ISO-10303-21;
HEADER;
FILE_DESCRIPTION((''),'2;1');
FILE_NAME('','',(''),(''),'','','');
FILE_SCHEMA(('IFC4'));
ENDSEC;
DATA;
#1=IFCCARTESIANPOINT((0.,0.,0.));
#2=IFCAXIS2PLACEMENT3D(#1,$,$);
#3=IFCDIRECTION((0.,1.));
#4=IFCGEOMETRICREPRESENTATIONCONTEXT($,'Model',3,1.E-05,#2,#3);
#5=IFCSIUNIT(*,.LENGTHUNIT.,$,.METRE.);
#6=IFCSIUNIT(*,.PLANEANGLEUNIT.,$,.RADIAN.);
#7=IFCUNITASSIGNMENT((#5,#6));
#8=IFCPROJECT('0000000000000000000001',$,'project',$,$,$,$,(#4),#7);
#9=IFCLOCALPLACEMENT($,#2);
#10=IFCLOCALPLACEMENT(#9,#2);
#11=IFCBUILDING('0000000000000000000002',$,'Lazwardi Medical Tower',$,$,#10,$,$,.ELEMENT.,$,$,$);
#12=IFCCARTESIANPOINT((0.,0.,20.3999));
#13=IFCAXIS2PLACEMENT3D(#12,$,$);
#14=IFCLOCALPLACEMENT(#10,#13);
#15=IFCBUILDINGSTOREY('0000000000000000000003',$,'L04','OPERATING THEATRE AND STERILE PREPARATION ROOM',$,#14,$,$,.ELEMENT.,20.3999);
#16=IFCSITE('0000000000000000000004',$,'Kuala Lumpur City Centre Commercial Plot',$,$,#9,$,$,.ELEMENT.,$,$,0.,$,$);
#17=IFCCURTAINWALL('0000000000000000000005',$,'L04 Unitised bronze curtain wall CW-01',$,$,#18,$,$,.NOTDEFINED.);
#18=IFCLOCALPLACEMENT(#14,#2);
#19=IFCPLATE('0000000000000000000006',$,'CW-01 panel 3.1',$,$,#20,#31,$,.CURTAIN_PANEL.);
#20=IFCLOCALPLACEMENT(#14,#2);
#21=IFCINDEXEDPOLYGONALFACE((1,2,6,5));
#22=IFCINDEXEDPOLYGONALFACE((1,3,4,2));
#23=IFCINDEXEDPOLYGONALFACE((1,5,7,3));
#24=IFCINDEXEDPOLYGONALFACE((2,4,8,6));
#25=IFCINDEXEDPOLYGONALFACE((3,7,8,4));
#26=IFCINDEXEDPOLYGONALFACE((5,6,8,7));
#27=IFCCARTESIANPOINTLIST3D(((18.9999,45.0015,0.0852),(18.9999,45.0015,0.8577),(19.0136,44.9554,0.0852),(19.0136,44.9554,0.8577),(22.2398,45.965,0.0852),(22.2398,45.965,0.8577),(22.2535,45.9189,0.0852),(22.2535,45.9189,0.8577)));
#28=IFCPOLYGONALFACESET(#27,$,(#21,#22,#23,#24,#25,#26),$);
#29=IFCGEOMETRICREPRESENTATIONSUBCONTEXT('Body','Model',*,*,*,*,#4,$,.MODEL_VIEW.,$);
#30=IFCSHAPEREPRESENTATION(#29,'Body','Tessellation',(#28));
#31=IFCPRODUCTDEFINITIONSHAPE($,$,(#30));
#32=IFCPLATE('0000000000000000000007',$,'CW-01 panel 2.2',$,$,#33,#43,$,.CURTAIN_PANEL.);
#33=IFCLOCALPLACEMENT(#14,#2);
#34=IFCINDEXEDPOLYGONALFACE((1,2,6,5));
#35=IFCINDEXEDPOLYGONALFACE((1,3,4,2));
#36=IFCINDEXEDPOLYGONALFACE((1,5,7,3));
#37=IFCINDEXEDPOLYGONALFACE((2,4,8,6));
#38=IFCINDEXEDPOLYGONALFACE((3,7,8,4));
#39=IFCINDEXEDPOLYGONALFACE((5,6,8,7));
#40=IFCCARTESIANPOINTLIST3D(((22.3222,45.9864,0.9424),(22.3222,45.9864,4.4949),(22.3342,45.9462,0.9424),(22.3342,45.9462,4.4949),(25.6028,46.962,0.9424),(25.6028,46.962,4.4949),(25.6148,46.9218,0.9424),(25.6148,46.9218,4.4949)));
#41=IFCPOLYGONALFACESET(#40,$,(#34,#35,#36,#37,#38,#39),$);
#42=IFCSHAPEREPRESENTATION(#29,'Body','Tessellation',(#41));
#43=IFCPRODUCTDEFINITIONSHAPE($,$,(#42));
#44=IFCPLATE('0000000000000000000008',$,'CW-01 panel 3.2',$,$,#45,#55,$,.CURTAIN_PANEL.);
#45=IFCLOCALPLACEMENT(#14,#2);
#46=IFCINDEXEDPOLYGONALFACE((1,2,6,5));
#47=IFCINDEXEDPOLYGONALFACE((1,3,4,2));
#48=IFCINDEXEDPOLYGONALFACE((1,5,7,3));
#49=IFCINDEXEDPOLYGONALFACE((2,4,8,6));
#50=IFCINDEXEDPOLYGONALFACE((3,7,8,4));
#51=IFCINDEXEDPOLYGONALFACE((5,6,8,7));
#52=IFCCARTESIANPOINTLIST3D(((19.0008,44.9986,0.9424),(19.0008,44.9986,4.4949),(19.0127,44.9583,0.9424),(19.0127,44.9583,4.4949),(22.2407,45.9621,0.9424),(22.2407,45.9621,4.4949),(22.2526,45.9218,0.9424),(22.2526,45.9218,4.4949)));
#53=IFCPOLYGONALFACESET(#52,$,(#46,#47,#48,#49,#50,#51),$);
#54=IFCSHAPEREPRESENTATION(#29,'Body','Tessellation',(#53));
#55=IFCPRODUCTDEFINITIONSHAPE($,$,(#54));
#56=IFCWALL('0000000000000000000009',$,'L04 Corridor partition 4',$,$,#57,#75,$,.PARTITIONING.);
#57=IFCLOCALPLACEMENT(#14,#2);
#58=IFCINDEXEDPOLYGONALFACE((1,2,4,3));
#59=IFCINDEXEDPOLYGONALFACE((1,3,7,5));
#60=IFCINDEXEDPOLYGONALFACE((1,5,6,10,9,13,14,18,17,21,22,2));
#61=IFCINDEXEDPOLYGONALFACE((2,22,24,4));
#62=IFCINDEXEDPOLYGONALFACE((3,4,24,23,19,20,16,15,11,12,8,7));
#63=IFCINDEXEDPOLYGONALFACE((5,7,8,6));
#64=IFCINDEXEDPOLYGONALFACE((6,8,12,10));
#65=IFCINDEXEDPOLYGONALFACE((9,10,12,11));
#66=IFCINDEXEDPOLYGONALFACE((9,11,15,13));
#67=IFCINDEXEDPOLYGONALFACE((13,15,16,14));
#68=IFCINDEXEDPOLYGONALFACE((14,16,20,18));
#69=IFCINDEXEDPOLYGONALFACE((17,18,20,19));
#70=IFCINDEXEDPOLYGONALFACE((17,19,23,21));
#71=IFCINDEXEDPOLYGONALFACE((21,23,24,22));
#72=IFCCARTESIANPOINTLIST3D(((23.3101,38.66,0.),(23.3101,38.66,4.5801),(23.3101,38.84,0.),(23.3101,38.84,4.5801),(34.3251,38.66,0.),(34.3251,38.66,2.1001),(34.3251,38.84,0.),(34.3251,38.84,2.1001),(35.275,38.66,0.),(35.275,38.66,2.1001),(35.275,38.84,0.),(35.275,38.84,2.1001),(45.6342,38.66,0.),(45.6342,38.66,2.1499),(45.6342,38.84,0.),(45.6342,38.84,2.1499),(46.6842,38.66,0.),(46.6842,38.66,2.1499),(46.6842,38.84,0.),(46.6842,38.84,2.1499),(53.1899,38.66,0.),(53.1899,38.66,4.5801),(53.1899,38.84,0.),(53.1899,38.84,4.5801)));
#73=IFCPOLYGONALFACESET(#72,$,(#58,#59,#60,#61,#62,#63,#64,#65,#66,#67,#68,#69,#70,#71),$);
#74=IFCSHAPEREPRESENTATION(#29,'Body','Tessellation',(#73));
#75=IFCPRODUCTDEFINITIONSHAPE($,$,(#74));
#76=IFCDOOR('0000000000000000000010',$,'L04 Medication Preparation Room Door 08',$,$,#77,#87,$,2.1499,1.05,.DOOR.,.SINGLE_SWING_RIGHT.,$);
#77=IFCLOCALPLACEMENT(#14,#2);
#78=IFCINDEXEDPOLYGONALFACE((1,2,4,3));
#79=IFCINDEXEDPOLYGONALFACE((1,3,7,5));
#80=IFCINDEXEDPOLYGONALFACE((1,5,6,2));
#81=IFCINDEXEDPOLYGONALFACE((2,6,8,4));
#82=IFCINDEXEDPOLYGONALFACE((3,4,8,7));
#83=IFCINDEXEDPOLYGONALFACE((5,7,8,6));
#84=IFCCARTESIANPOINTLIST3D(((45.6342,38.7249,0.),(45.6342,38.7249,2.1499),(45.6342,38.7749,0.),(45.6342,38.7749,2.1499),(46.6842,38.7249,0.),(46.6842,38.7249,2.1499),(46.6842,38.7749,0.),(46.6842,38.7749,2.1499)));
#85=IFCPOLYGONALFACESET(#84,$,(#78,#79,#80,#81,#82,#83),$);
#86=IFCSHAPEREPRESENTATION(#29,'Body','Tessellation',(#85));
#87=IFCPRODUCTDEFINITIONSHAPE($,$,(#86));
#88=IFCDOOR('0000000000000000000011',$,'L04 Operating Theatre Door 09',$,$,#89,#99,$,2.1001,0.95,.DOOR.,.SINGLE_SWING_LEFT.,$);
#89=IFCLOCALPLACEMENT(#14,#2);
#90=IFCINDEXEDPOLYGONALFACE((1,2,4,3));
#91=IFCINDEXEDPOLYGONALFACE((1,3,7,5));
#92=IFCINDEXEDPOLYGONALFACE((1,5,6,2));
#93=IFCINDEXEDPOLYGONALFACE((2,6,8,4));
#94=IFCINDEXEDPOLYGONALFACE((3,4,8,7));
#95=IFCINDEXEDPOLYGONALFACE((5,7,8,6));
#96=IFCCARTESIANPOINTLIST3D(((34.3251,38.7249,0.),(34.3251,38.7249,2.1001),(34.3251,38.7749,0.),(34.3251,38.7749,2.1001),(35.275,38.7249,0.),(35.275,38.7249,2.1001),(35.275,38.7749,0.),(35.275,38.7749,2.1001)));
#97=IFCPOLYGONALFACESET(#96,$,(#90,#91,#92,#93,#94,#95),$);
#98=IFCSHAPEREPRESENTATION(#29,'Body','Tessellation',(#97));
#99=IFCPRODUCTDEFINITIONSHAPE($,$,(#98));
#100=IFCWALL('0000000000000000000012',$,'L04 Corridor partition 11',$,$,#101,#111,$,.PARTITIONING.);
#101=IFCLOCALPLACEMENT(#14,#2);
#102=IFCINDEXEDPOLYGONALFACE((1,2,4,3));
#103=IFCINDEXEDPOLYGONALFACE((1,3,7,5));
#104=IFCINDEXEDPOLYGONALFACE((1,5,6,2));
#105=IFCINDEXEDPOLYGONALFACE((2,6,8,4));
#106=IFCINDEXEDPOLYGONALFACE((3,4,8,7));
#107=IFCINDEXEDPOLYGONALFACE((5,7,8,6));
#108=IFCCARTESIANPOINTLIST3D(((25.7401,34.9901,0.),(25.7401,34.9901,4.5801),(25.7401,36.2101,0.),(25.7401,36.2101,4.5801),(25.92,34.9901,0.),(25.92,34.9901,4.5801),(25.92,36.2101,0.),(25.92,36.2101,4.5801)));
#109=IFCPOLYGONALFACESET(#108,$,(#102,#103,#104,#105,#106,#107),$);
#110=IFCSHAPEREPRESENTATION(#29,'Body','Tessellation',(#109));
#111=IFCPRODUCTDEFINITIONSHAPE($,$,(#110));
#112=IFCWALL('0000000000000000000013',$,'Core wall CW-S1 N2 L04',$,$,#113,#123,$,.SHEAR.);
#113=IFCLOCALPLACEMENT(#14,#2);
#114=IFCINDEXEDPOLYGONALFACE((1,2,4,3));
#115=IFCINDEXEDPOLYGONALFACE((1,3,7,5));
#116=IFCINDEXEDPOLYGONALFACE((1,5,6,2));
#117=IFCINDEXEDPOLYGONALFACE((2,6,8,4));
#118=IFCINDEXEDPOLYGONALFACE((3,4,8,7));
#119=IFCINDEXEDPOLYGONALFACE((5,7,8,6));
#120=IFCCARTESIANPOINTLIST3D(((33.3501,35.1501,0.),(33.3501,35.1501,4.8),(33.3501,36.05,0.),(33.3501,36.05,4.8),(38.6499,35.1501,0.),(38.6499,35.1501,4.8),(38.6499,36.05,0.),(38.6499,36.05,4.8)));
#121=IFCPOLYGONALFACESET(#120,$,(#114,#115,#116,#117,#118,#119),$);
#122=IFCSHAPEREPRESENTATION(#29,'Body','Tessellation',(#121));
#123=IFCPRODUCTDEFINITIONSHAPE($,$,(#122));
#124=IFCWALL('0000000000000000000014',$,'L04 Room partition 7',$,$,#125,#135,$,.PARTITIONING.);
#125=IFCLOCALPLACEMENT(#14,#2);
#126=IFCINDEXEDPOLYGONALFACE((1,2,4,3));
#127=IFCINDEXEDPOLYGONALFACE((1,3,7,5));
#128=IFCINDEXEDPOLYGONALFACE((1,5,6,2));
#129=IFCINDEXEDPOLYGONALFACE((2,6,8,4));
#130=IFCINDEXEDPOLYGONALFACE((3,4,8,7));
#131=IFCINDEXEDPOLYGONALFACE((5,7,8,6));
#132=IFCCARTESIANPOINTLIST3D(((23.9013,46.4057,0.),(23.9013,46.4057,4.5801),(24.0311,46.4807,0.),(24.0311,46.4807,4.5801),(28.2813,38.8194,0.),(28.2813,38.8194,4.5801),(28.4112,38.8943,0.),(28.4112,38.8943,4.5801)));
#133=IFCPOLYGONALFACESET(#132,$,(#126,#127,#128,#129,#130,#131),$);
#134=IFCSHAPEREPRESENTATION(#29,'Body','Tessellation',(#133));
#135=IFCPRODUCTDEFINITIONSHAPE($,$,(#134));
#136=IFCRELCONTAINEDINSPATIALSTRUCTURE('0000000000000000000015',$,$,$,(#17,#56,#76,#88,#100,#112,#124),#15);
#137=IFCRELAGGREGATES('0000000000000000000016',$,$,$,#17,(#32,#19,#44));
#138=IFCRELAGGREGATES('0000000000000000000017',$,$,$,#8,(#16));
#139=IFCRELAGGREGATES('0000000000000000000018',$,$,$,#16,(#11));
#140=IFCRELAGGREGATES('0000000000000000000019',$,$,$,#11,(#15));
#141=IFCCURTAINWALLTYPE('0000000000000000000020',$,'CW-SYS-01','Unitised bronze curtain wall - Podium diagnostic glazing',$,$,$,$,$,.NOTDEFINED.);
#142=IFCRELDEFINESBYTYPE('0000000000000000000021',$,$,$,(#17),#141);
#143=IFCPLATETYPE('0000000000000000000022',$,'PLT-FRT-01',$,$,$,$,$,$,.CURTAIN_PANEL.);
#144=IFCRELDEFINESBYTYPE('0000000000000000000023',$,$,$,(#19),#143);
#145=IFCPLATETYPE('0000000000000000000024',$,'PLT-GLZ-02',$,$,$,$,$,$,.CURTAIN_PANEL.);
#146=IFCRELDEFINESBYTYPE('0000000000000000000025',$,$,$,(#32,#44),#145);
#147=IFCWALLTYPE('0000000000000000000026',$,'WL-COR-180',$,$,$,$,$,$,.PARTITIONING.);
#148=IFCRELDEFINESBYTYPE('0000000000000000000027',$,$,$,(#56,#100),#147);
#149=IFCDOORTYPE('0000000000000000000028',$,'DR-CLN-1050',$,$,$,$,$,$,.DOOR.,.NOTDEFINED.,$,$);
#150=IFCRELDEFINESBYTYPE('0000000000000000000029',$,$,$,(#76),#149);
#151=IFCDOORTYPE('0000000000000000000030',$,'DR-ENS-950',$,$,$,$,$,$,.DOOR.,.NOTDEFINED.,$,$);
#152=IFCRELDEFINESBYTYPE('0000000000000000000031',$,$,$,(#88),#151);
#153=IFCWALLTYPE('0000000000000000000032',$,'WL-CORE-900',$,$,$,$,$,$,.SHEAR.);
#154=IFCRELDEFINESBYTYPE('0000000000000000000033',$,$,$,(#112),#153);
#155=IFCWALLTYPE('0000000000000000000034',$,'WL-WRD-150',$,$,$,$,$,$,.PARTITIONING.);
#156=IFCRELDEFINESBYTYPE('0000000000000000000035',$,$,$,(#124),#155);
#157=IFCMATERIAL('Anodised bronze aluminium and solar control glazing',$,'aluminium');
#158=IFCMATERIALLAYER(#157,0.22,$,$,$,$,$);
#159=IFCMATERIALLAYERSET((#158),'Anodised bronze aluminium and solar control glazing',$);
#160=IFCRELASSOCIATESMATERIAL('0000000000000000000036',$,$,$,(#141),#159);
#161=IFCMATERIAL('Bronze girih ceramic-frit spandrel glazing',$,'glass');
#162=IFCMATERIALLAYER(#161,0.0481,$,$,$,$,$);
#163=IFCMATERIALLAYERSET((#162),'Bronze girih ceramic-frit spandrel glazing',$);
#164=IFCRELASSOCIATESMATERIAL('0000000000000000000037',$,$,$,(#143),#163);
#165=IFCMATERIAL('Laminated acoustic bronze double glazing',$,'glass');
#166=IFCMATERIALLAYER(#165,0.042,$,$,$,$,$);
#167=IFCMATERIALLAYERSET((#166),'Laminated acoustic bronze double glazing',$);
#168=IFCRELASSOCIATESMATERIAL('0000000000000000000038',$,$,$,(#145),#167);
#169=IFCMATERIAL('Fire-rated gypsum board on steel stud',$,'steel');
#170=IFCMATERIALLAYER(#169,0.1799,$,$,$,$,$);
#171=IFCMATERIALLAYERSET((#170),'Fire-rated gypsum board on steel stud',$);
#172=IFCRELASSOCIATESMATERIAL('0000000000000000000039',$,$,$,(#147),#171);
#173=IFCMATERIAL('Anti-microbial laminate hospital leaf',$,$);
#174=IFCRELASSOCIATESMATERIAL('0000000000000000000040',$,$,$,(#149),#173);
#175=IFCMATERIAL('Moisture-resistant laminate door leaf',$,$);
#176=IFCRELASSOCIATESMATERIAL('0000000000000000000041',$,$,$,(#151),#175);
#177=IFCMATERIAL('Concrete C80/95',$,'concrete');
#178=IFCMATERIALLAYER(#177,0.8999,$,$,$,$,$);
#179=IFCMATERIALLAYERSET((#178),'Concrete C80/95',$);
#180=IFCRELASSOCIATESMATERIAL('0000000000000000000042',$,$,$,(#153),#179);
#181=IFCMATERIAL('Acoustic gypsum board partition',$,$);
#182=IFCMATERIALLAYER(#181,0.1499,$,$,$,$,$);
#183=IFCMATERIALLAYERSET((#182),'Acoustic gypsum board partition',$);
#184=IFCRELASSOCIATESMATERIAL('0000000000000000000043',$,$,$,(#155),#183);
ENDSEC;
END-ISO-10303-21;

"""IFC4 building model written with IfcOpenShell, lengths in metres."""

from ifc_helpers import new_model, si_unit, direction, frame, frame_2d, origin, origin_2d, place, context, subcontext, project, spatial, rectangle, extrude, material, layer, layer_set, type_object, element, fill, aggregate, save


model = new_model("IFC4")

# Units and contexts
model_context = context("Model", 3, precision=1e-05, world=origin(), true_north=direction((0.0, 1.0)))
body_context = subcontext(model_context, "Body", "Model", "MODEL_VIEW")
ifc_project = project(units=[si_unit("LENGTHUNIT", "METRE"), si_unit("PLANEANGLEUNIT", "RADIAN")], contexts=[model_context])

# Site, building, storey
site_placement = place(None, origin())
site = spatial("IfcSite", under=ifc_project, at=site_placement, Name="Kuala Lumpur City Centre Commercial Plot", CompositionType="ELEMENT", RefElevation=0.0)
building_placement = place(site_placement, origin())
building = spatial("IfcBuilding", under=site, at=building_placement, Name="Lazwardi Medical Tower", CompositionType="ELEMENT")
storey_placement = place(building_placement, frame((0.0, 0.0, 20.3999)))
storey = spatial("IfcBuildingStorey", under=building, at=storey_placement, Name="L04", Description="OPERATING THEATRE AND STERILE PREPARATION ROOM", CompositionType="ELEMENT", Elevation=20.3999)

# Shared definitions
ifc_material_1 = material(Name="Concrete C80/95", Category="concrete")

# Curtain wall, plates
ifc_material_2 = material(Name="Anodised bronze aluminium and solar control glazing", Category="aluminium")
ifc_layer_1 = layer(ifc_material_2, 0.22)
ifc_layer_set_1 = layer_set([ifc_layer_1], Name="Anodised bronze aluminium and solar control glazing")
curtain_wall_type = type_object("IfcCurtainWallType", Name="CW-SYS-01", Description="Unitised bronze curtain wall - Podium diagnostic glazing", PredefinedType="NOTDEFINED", material=ifc_layer_set_1)
curtain_wall_placement = place(storey_placement, origin())
curtain_wall = element("IfcCurtainWall", 1, at=curtain_wall_placement, inside=storey, type_object=curtain_wall_type, Name="L04 Unitised bronze curtain wall CW-01", PredefinedType="NOTDEFINED")
ifc_material_3 = material(Name="Bronze girih ceramic-frit spandrel glazing", Category="glass")
ifc_layer_2 = layer(ifc_material_3, 0.0481)
ifc_layer_set_2 = layer_set([ifc_layer_2], Name="Bronze girih ceramic-frit spandrel glazing")
plate_type_1 = type_object("IfcPlateType", Name="PLT-FRT-01", PredefinedType="CURTAIN_PANEL", material=ifc_layer_set_2)
plate_1_placement = place(storey_placement, frame((20.6267, 45.4602, 0.0852), z_axis=(0.0, 0.0, 1.0), x_axis=(-0.958513, -0.285047, 0.0)))
plate_1 = element("IfcPlate", 2, at=plate_1_placement, type_object=plate_type_1, Name="CW-01 panel 3.1", PredefinedType="CURTAIN_PANEL", context=body_context, shape_type="SweptSolid", body=[
    extrude(rectangle(XDim=3.3801, YDim=0.0481, at=origin_2d()), origin(), (0.0, 0.0, 1.0), 0.7725),
])
ifc_material_4 = material(Name="Laminated acoustic bronze double glazing", Category="glass")
ifc_layer_3 = layer(ifc_material_4, 0.042)
ifc_layer_set_3 = layer_set([ifc_layer_3], Name="Laminated acoustic bronze double glazing")
plate_type_2 = type_object("IfcPlateType", Name="PLT-GLZ-02", PredefinedType="CURTAIN_PANEL", material=ifc_layer_set_3)
plate_2_placement = place(storey_placement, frame((23.9685, 46.4541, 0.9424), z_axis=(0.0, 0.0, 1.0), x_axis=(-0.958513, -0.285047, 0.0)))
plate_2 = element("IfcPlate", 3, at=plate_2_placement, type_object=plate_type_2, Name="CW-01 panel 2.2", PredefinedType="CURTAIN_PANEL", context=body_context, shape_type="SweptSolid", body=[
    extrude(rectangle(XDim=3.4226, YDim=0.042, at=origin_2d()), origin(), (0.0, 0.0, 1.0), 3.5525),
])
plate_3_placement = place(storey_placement, frame((20.6267, 45.4602, 0.9424), z_axis=(0.0, 0.0, 1.0), x_axis=(-0.958513, -0.285047, 0.0)))
plate_3 = element("IfcPlate", 4, at=plate_3_placement, type_object=plate_type_2, Name="CW-01 panel 3.2", PredefinedType="CURTAIN_PANEL", context=body_context, shape_type="SweptSolid", body=[
    extrude(rectangle(XDim=3.3801, YDim=0.042, at=origin_2d()), origin(), (0.0, 0.0, 1.0), 3.5525),
])
aggregate(curtain_wall, [plate_2, plate_1, plate_3])

# Wall, openings, doors
ifc_material_5 = material(Name="Fire-rated gypsum board on steel stud", Category="steel")
ifc_layer_4 = layer(ifc_material_5, 0.1799)
ifc_layer_set_4 = layer_set([ifc_layer_4], Name="Fire-rated gypsum board on steel stud")
wall_type_1 = type_object("IfcWallType", Name="WL-COR-180", PredefinedType="PARTITIONING", material=ifc_layer_set_4)
wall_1_placement = place(storey_placement, frame((23.3101, 38.75, 0.0), z_axis=(0.0, 0.0, 1.0), x_axis=(1.0, 0.0, 0.0)))
wall_1 = element("IfcWall", 5, at=wall_1_placement, inside=storey, type_object=wall_type_1, Name="L04 Corridor partition 4", PredefinedType="PARTITIONING", context=body_context, shape_type="SweptSolid", body=[
    extrude(rectangle(XDim=29.8799, YDim=0.1799, at=frame_2d((14.9399, 0.0))), origin(), (0.0, 0.0, 1.0), 4.5801),
])
opening_1_placement = place(wall_1_placement, frame((22.3242, 0.0, 0.0)))
opening_1 = element("IfcOpeningElement", 6, at=opening_1_placement, cuts=wall_1, PredefinedType="OPENING", context=body_context, shape_type="SweptSolid", body=[
    extrude(rectangle(XDim=1.05, YDim=2.1499, at=frame_2d((0.5249, 1.075))), frame((0.0, 0.0999, 0.0), z_axis=(0.0, -1.0, 0.0), x_axis=(1.0, 0.0, 0.0)), (0.0, 0.0, 1.0), 0.2),
])
opening_2_placement = place(wall_1_placement, frame((11.0149, 0.0, 0.0)))
opening_2 = element("IfcOpeningElement", 7, at=opening_2_placement, cuts=wall_1, PredefinedType="OPENING", context=body_context, shape_type="SweptSolid", body=[
    extrude(rectangle(XDim=0.95, YDim=2.1001, at=frame_2d((0.4751, 1.05))), frame((0.0, 0.0999, 0.0), z_axis=(0.0, -1.0, 0.0), x_axis=(1.0, 0.0, 0.0)), (0.0, 0.0, 1.0), 0.2),
])
ifc_material_6 = material(Name="Anti-microbial laminate hospital leaf")
door_type_1 = type_object("IfcDoorType", Name="DR-CLN-1050", OperationType="NOTDEFINED", PredefinedType="DOOR", material=ifc_material_6)
door_1_placement = place(opening_1_placement, origin())
door_1 = element("IfcDoor", 8, at=door_1_placement, inside=storey, type_object=door_type_1, Name="L04 Medication Preparation Room Door 08", OperationType="SINGLE_SWING_RIGHT", OverallHeight=2.1499, OverallWidth=1.05, PredefinedType="DOOR", context=body_context, shape_type="SweptSolid", body=[
    extrude(rectangle(XDim=1.05, YDim=2.1499, at=frame_2d((0.5249, 1.075))), frame((0.0, 0.0249, 0.0), z_axis=(0.0, -1.0, 0.0), x_axis=(1.0, 0.0, 0.0)), (0.0, 0.0, 1.0), 0.05),
])
fill(opening_1, door_1)
ifc_material_7 = material(Name="Moisture-resistant laminate door leaf")
door_type_2 = type_object("IfcDoorType", Name="DR-ENS-950", OperationType="NOTDEFINED", PredefinedType="DOOR", material=ifc_material_7)
door_2_placement = place(opening_2_placement, origin())
door_2 = element("IfcDoor", 9, at=door_2_placement, inside=storey, type_object=door_type_2, Name="L04 Operating Theatre Door 09", OperationType="SINGLE_SWING_LEFT", OverallHeight=2.1001, OverallWidth=0.95, PredefinedType="DOOR", context=body_context, shape_type="SweptSolid", body=[
    extrude(rectangle(XDim=0.95, YDim=2.1001, at=frame_2d((0.4751, 1.05))), frame((0.0, 0.0249, 0.0), z_axis=(0.0, -1.0, 0.0), x_axis=(1.0, 0.0, 0.0)), (0.0, 0.0, 1.0), 0.05),
])
fill(opening_2, door_2)

# Walls
wall_2_placement = place(storey_placement, frame((25.8301, 36.21, 0.0), z_axis=(0.0, 0.0, 1.0), x_axis=(0.0, -1.0, 0.0)))
element("IfcWall", 10, at=wall_2_placement, inside=storey, type_object=wall_type_1, Name="L04 Corridor partition 11", PredefinedType="PARTITIONING", context=body_context, shape_type="SweptSolid", body=[
    extrude(rectangle(XDim=1.22, YDim=0.1799, at=frame_2d((0.6099, 0.0))), origin(), (0.0, 0.0, 1.0), 4.5801),
])
ifc_layer_5 = layer(ifc_material_1, 0.8999)
ifc_layer_set_5 = layer_set([ifc_layer_5], Name="Concrete C80/95")
wall_type_2 = type_object("IfcWallType", Name="WL-CORE-900", PredefinedType="SHEAR", material=ifc_layer_set_5)
wall_3_placement = place(storey_placement, frame((33.3501, 35.6001, 0.0), z_axis=(0.0, 0.0, 1.0), x_axis=(1.0, 0.0, 0.0)))
element("IfcWall", 11, at=wall_3_placement, inside=storey, type_object=wall_type_2, Name="Core wall CW-S1 N2 L04", PredefinedType="SHEAR", context=body_context, shape_type="SweptSolid", body=[
    extrude(rectangle(XDim=5.2998, YDim=0.8999, at=frame_2d((2.6499, 0.0))), origin(), (0.0, 0.0, 1.0), 4.8),
])
ifc_material_8 = material(Name="Acoustic gypsum board partition")
ifc_layer_6 = layer(ifc_material_8, 0.1499)
ifc_layer_set_6 = layer_set([ifc_layer_6], Name="Acoustic gypsum board partition")
wall_type_3 = type_object("IfcWallType", Name="WL-WRD-150", PredefinedType="PARTITIONING", material=ifc_layer_set_6)
wall_4_placement = place(storey_placement, frame((28.3462, 38.8569, 0.0), z_axis=(0.0, 0.0, 1.0), x_axis=(-0.500009, 0.86602, 0.0)))
element("IfcWall", 12, at=wall_4_placement, inside=storey, type_object=wall_type_3, Name="L04 Room partition 7", PredefinedType="PARTITIONING", context=body_context, shape_type="SweptSolid", body=[
    extrude(rectangle(XDim=8.76, YDim=0.1499, at=frame_2d((4.3799, 0.0))), origin(), (0.0, 0.0, 1.0), 4.5801),
])

save(model, "model.ifc")
